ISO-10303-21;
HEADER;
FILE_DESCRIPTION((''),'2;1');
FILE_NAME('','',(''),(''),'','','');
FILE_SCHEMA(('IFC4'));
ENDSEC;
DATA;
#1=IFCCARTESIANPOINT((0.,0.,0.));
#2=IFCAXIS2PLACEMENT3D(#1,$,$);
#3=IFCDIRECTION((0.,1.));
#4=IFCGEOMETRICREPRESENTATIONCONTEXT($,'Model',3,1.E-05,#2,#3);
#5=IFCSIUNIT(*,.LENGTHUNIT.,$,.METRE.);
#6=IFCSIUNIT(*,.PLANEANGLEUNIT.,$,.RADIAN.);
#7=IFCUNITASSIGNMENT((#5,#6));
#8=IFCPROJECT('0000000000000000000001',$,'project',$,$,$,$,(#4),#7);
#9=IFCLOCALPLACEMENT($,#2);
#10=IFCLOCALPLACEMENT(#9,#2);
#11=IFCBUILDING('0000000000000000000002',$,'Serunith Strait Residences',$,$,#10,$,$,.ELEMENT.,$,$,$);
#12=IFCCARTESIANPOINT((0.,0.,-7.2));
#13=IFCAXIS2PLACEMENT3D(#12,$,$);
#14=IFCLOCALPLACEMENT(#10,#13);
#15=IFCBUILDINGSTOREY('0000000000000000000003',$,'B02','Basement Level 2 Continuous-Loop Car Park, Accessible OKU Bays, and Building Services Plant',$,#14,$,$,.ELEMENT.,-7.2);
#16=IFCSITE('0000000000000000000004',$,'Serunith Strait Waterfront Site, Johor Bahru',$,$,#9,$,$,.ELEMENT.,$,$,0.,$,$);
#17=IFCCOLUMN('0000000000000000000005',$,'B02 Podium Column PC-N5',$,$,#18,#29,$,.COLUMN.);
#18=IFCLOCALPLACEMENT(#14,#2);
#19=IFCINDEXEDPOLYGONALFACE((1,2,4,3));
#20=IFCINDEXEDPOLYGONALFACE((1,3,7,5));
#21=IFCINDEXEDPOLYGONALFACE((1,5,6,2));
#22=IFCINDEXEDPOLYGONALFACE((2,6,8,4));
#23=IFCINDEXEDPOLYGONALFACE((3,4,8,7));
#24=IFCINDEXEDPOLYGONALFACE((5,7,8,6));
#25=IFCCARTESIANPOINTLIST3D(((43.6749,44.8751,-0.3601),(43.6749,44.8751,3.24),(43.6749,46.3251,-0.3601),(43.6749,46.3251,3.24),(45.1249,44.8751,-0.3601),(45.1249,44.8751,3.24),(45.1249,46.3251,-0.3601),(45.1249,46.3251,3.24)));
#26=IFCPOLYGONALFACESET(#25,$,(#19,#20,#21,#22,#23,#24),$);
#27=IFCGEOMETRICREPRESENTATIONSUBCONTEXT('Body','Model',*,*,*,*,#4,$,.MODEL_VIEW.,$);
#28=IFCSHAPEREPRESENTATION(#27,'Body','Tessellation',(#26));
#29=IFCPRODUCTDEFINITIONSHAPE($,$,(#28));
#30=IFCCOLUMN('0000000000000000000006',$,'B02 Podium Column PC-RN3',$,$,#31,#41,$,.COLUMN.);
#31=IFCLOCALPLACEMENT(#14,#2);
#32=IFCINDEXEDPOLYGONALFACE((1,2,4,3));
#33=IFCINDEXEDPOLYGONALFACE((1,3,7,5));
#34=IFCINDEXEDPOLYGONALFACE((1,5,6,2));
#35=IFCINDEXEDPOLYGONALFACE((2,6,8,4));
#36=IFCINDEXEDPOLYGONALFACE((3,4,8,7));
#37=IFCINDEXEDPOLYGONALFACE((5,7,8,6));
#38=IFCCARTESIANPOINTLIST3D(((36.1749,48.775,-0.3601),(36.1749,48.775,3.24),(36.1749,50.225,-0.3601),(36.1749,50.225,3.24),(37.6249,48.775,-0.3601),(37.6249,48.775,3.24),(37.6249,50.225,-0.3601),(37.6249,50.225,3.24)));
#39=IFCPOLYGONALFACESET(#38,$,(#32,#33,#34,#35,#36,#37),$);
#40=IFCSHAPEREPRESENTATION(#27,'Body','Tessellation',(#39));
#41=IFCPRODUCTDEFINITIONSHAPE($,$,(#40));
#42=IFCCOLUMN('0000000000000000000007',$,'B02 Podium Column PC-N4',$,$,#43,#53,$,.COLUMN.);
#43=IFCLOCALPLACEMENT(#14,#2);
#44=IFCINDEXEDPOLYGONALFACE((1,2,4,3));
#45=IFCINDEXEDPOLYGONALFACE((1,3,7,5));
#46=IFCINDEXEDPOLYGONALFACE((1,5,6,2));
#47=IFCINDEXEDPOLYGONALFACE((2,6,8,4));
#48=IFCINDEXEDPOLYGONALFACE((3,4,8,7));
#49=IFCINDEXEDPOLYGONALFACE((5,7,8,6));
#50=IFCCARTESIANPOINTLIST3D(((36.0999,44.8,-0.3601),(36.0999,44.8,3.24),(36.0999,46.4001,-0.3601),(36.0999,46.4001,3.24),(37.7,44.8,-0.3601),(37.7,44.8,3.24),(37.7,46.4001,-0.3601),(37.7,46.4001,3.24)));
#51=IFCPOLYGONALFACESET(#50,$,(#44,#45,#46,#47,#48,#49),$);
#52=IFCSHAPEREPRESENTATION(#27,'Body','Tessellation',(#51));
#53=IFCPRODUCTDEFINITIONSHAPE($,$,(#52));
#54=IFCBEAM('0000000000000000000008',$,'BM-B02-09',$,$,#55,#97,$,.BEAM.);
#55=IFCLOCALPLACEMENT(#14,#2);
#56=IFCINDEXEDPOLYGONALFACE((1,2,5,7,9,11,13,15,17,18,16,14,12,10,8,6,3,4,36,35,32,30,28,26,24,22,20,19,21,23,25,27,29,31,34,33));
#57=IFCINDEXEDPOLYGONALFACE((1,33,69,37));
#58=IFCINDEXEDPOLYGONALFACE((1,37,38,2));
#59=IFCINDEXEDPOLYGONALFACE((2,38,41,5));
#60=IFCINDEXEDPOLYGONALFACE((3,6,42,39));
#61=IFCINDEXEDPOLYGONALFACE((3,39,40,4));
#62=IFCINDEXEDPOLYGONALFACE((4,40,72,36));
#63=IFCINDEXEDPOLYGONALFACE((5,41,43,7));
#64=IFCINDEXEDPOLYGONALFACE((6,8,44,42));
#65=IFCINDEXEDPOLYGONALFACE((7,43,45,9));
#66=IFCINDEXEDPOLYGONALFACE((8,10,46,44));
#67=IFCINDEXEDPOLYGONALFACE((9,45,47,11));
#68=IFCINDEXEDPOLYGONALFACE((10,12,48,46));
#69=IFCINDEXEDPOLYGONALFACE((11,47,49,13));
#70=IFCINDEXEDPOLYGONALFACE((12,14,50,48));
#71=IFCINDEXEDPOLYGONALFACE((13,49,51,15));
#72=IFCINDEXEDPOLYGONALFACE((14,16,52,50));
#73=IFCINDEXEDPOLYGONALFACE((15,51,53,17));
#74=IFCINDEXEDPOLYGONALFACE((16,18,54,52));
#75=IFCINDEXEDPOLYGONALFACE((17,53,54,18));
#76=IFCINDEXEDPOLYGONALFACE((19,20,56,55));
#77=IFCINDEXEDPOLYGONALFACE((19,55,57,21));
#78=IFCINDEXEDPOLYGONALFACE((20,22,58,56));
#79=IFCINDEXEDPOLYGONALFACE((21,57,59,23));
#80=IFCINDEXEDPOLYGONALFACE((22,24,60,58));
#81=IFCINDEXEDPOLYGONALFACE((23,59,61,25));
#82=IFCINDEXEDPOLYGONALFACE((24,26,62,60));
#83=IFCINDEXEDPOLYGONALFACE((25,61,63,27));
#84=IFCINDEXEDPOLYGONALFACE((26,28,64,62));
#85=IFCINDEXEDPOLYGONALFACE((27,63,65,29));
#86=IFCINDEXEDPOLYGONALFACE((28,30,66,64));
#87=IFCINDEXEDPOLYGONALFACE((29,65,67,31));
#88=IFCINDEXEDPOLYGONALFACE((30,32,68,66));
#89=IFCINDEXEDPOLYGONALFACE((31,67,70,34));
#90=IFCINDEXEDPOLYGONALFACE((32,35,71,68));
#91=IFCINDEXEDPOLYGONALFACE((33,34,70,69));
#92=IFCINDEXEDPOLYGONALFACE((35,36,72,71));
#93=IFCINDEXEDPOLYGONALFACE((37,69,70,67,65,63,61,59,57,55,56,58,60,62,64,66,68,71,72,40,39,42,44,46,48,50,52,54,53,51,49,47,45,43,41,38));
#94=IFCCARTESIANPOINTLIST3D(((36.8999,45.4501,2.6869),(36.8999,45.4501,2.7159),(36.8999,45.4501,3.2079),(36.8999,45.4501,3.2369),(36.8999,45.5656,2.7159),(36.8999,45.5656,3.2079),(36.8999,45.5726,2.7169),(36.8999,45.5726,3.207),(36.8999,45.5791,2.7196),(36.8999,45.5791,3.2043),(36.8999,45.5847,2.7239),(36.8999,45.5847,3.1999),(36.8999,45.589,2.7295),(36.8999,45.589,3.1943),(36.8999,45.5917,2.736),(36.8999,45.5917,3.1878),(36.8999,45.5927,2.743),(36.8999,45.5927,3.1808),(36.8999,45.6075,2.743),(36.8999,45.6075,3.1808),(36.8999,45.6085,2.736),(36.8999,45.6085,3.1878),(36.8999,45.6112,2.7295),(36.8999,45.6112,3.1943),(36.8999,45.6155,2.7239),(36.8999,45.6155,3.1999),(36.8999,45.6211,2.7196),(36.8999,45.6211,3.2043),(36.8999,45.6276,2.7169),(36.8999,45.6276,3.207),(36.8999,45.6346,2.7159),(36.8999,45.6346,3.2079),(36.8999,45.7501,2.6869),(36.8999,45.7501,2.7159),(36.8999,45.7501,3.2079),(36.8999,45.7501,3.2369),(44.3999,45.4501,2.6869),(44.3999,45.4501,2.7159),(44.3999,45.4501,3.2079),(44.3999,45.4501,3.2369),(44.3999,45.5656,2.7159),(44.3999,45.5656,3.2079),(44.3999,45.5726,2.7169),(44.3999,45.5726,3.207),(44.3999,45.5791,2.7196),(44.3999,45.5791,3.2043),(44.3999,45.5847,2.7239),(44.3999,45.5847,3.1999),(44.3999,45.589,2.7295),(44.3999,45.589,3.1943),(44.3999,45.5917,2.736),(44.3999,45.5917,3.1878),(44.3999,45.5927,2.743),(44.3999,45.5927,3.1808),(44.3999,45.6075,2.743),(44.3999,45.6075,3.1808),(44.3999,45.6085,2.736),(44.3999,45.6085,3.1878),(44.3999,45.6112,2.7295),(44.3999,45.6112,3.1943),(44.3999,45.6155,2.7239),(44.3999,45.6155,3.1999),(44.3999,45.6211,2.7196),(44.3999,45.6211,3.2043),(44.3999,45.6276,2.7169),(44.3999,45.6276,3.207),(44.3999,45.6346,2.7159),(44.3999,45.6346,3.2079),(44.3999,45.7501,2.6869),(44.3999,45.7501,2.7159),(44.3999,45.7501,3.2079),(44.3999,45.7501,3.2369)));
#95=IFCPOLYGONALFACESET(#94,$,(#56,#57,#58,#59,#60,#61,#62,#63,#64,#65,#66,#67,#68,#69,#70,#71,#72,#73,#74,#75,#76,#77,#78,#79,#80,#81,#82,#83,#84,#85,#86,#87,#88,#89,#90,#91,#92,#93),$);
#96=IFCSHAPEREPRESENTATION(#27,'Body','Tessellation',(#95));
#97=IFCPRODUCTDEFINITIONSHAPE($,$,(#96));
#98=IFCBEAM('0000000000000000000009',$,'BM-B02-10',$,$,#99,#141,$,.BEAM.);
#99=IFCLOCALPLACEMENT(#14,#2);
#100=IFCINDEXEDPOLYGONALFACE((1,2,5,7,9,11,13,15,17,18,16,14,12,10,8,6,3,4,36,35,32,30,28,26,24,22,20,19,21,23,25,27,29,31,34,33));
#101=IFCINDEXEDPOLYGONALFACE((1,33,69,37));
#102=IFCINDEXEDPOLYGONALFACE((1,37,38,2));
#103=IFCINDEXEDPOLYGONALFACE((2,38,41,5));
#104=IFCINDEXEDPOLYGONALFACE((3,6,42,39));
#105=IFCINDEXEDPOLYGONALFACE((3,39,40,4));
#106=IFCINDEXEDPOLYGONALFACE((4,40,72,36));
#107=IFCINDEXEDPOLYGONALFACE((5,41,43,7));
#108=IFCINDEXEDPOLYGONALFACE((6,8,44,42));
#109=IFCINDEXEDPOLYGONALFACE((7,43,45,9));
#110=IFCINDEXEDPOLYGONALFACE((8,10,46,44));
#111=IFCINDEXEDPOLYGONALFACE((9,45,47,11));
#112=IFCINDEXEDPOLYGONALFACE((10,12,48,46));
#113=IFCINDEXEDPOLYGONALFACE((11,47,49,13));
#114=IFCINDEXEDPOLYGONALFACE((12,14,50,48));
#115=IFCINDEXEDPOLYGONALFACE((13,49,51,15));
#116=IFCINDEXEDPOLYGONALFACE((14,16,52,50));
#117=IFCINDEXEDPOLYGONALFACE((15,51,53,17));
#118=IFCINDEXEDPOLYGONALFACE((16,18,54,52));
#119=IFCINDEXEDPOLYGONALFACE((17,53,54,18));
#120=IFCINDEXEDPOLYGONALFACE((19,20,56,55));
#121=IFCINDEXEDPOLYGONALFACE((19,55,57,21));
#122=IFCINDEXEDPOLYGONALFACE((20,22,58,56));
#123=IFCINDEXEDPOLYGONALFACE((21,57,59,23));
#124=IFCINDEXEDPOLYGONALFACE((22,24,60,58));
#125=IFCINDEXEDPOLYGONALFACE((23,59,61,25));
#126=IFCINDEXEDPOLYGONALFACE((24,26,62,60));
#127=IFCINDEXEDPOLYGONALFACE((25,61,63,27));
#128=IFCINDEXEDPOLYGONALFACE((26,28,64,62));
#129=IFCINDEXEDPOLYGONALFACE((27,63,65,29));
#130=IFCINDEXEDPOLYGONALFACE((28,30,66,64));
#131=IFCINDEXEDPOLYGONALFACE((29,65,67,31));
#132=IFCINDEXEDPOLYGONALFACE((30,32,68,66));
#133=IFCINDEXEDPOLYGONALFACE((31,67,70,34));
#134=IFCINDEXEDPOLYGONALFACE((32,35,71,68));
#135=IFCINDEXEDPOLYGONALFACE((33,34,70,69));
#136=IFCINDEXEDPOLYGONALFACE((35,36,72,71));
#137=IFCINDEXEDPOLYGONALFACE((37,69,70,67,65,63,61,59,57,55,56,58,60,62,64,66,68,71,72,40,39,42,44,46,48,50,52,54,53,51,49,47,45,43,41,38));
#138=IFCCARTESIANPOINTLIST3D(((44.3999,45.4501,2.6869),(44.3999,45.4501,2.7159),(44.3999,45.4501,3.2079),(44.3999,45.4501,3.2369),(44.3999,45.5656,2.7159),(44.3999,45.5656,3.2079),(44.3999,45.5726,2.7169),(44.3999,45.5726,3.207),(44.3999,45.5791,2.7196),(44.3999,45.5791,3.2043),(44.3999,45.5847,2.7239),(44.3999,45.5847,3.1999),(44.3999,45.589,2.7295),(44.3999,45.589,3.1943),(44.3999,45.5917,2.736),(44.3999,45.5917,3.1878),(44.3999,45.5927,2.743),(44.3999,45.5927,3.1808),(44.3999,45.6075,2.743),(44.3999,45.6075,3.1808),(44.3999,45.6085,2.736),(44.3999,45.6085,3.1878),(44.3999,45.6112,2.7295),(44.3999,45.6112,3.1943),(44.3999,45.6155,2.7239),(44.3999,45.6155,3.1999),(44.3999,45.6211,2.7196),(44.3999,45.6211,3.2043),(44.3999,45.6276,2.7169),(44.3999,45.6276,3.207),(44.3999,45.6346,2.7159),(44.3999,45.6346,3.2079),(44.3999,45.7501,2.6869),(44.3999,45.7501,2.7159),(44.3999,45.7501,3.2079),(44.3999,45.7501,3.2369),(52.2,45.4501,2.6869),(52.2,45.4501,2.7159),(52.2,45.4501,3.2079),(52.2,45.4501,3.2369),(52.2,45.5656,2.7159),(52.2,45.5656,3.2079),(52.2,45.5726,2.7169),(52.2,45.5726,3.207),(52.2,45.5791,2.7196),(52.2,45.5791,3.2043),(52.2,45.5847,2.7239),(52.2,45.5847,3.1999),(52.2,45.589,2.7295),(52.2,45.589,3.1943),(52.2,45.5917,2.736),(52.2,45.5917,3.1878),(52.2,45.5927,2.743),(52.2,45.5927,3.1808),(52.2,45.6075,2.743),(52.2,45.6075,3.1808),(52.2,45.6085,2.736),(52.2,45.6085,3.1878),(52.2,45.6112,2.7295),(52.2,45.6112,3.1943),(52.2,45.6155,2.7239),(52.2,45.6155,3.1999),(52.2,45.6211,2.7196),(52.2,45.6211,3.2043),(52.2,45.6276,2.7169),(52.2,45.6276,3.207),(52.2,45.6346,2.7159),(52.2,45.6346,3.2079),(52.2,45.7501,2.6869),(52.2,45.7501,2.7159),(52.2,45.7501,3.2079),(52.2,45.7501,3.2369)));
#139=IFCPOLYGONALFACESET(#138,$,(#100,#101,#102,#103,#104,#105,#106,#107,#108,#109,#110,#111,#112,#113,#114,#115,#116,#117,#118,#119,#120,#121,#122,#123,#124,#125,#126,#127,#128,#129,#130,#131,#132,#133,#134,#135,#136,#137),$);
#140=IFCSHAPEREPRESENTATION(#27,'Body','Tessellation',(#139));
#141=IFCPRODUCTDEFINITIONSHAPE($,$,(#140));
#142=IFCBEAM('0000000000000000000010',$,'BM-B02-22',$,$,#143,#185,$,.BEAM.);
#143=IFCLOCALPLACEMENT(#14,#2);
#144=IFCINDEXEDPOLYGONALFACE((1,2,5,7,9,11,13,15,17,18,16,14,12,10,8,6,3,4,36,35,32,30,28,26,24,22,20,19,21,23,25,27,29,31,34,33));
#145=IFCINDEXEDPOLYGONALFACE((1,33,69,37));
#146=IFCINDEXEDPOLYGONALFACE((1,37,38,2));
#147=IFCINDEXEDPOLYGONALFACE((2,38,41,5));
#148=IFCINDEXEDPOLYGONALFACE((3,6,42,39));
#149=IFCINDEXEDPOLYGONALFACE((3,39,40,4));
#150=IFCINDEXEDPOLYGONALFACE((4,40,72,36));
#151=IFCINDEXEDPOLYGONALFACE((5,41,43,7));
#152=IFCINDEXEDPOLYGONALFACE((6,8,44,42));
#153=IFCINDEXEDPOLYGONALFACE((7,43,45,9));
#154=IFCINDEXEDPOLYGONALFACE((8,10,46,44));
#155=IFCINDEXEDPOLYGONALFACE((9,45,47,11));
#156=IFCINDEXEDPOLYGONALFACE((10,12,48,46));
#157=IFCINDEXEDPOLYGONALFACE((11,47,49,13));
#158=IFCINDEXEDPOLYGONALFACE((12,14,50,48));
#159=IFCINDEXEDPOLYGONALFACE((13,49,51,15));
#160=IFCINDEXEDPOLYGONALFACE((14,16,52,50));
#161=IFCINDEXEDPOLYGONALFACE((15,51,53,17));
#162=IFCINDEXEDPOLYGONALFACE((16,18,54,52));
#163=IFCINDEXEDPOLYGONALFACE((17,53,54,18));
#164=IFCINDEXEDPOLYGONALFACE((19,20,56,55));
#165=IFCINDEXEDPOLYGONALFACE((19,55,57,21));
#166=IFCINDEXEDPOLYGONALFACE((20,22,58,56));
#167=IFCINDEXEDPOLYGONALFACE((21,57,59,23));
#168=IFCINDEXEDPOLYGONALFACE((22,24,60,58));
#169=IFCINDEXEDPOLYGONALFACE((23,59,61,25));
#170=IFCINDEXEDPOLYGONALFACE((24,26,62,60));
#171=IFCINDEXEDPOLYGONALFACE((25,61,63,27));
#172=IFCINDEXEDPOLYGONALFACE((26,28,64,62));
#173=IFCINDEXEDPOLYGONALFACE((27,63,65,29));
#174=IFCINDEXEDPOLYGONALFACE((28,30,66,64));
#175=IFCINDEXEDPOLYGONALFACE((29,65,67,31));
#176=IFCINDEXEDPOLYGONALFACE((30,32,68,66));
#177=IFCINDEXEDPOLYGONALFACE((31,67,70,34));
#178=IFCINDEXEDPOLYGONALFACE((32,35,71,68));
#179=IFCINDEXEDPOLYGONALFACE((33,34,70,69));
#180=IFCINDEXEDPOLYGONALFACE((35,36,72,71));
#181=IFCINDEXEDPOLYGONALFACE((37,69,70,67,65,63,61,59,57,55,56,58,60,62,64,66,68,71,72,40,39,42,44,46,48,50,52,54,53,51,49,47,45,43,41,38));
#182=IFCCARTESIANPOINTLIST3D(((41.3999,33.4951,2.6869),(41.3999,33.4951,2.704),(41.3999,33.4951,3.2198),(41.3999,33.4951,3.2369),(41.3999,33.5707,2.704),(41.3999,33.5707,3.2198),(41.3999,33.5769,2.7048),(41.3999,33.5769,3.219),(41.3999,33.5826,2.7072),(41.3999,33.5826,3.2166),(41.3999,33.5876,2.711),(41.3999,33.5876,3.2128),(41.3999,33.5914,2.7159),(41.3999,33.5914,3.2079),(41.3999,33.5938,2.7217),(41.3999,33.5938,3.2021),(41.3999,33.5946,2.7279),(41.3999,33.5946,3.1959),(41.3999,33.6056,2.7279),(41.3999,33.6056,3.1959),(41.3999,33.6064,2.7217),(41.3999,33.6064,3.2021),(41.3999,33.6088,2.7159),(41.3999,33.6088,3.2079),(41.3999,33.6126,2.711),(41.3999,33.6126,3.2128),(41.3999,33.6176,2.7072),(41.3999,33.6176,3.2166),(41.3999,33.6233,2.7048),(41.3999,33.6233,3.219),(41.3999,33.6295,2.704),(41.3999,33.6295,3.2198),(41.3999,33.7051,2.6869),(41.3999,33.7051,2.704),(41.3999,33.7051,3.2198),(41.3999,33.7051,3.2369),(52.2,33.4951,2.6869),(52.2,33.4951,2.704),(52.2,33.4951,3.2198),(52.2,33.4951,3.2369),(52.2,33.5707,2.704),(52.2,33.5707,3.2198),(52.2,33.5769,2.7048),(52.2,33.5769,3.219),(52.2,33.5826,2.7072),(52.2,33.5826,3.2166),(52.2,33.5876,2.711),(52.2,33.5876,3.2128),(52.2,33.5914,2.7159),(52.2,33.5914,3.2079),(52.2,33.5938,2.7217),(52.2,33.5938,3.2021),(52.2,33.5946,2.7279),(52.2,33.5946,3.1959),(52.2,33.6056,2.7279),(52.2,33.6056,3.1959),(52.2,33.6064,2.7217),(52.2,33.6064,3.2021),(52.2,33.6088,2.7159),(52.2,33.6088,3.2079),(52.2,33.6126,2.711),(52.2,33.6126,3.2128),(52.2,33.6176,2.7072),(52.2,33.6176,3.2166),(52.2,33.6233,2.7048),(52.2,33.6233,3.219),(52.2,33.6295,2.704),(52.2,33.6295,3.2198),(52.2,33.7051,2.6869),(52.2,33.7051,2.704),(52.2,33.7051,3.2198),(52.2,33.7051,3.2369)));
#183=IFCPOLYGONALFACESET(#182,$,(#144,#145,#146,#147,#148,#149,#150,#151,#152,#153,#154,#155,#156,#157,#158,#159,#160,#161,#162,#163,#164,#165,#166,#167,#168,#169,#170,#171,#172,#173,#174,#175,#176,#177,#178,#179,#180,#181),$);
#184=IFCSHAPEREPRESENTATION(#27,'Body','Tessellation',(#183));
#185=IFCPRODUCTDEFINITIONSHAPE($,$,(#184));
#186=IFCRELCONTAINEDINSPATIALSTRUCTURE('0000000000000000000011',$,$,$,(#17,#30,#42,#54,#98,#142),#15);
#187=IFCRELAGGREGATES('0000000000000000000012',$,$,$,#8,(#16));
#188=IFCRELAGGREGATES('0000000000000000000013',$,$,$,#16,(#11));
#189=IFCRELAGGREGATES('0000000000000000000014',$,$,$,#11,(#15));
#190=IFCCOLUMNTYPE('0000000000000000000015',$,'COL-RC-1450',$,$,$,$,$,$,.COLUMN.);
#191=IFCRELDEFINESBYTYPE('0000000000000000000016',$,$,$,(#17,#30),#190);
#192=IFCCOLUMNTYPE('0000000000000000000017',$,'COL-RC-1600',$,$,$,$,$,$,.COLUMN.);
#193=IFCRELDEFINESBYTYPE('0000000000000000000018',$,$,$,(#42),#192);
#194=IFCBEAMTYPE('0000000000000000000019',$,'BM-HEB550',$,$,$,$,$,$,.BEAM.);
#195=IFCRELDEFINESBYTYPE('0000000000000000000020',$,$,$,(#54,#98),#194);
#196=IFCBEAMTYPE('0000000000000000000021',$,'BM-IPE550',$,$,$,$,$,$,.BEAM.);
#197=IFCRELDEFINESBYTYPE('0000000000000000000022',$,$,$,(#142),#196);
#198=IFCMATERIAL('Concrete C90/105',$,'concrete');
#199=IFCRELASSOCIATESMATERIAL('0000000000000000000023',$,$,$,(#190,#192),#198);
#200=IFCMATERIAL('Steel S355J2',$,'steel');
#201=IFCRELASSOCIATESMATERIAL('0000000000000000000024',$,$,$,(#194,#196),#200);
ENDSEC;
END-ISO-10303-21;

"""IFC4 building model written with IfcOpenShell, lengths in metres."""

from ifc_helpers import new_model, si_unit, direction, frame, origin, origin_2d, place, context, subcontext, project, spatial, rectangle, i_section, extrude, source, transform, mapped, material, material_profile, profile_set, type_object, element, save


model = new_model("IFC4")

# Units and contexts
model_context = context("Model", 3, precision=1e-05, world=origin(), true_north=direction((0.0, 1.0)))
body_context = subcontext(model_context, "Body", "Model", "MODEL_VIEW")
ifc_project = project(units=[si_unit("LENGTHUNIT", "METRE"), si_unit("PLANEANGLEUNIT", "RADIAN")], contexts=[model_context])

# Site, building, storey
site_placement = place(None, origin())
site = spatial("IfcSite", under=ifc_project, at=site_placement, Name="Serunith Strait Waterfront Site, Johor Bahru", CompositionType="ELEMENT", RefElevation=0.0)
building_placement = place(site_placement, origin())
building = spatial("IfcBuilding", under=site, at=building_placement, Name="Serunith Strait Residences", CompositionType="ELEMENT")
storey_placement = place(building_placement, frame((0.0, 0.0, -7.2)))
storey = spatial("IfcBuildingStorey", under=building, at=storey_placement, Name="B02", Description="Basement Level 2 Continuous-Loop Car Park, Accessible OKU Bays, and Building Services Plant", CompositionType="ELEMENT", Elevation=-7.2)

# Columns
ifc_material_1 = material(Name="Concrete C90/105", Category="concrete")
ifc_material_profile_1 = material_profile(ifc_material_1, rectangle(XDim=1.45, YDim=1.45, at=origin_2d()), Name="RC 1450x1450")
ifc_profile_set_1 = profile_set([ifc_material_profile_1], Name="Concrete C90/105")
column_type_1 = type_object("IfcColumnType", Name="COL-RC-1450", PredefinedType="COLUMN", material=ifc_profile_set_1)
shared_shape_1 = source(origin(), body_context, "Body", "SweptSolid", [
    extrude(rectangle(XDim=1.45, YDim=1.45, at=origin_2d()), origin(), (0.0, 0.0, 1.0), 3.6001),
])
for number, where, z_axis, x_axis, name in (
    (1, (44.3999, 45.6001, -0.3601), (0.0, 0.0, 1.0), (1.0, 0.0, 0.0), "B02 Podium Column PC-N5"),
    (2, (36.8999, 49.5, -0.3601), (0.0, 0.0, 1.0), (1.0, 0.0, 0.0), "B02 Podium Column PC-RN3"),
):
    element("IfcColumn", number, at=place(storey_placement, frame(where, z_axis=z_axis, x_axis=x_axis)), inside=storey, type_object=column_type_1, Name=name, PredefinedType="COLUMN", context=body_context, shape_type="MappedRepresentation", body=[
        mapped(shared_shape_1, transform((0.0, 0.0, 0.0), scale=1.0)),
    ])
ifc_material_profile_2 = material_profile(ifc_material_1, rectangle(XDim=1.6001, YDim=1.6001, at=origin_2d()), Name="RC 1600x1600")
ifc_profile_set_2 = profile_set([ifc_material_profile_2], Name="Concrete C90/105")
column_type_2 = type_object("IfcColumnType", Name="COL-RC-1600", PredefinedType="COLUMN", material=ifc_profile_set_2)
shared_shape_2 = source(origin(), body_context, "Body", "SweptSolid", [
    extrude(rectangle(XDim=1.6001, YDim=1.6001, at=origin_2d()), origin(), (0.0, 0.0, 1.0), 3.6001),
])
column_placement = place(storey_placement, frame((36.8999, 45.6001, -0.3601), z_axis=(0.0, 0.0, 1.0), x_axis=(1.0, 0.0, 0.0)))
element("IfcColumn", 3, at=column_placement, inside=storey, type_object=column_type_2, Name="B02 Podium Column PC-N4", PredefinedType="COLUMN", context=body_context, shape_type="MappedRepresentation", body=[
    mapped(shared_shape_2, transform((0.0, 0.0, 0.0), scale=1.0)),
])

# Beams
ifc_material_2 = material(Name="Steel S355J2", Category="steel")
ifc_material_profile_3 = material_profile(ifc_material_2, i_section(OverallWidth=0.3, OverallDepth=0.55, WebThickness=0.0149, FlangeThickness=0.0291, FilletRadius=0.0271, at=origin_2d()), Name="HEB 550")
ifc_profile_set_3 = profile_set([ifc_material_profile_3], Name="Steel S355J2")
beam_type_1 = type_object("IfcBeamType", Name="BM-HEB550", PredefinedType="BEAM", material=ifc_profile_set_3)
shared_shape_3 = source(origin(), body_context, "Body", "SweptSolid", [
    extrude(i_section(OverallWidth=0.3, OverallDepth=0.55, WebThickness=0.0149, FlangeThickness=0.0291, FilletRadius=0.0271, at=origin_2d()), origin(), (0.0, 0.0, 1.0), 7.5),
])
beam_1_placement = place(storey_placement, frame((36.8999, 45.6001, 2.9619), z_axis=(1.0, 0.0, 0.0), x_axis=(0.0, 1.0, 0.0)))
element("IfcBeam", 4, at=beam_1_placement, inside=storey, type_object=beam_type_1, Name="BM-B02-09", PredefinedType="BEAM", context=body_context, shape_type="MappedRepresentation", body=[
    mapped(shared_shape_3, transform((0.0, 0.0, 0.0), scale=1.0)),
])
shared_shape_4 = source(origin(), body_context, "Body", "SweptSolid", [
    extrude(i_section(OverallWidth=0.3, OverallDepth=0.55, WebThickness=0.0149, FlangeThickness=0.0291, FilletRadius=0.0271, at=origin_2d()), origin(), (0.0, 0.0, 1.0), 7.8),
])
beam_2_placement = place(storey_placement, frame((44.3999, 45.6001, 2.9619), z_axis=(1.0, 0.0, 0.0), x_axis=(0.0, 1.0, 0.0)))
element("IfcBeam", 5, at=beam_2_placement, inside=storey, type_object=beam_type_1, Name="BM-B02-10", PredefinedType="BEAM", context=body_context, shape_type="MappedRepresentation", body=[
    mapped(shared_shape_4, transform((0.0, 0.0, 0.0), scale=1.0)),
])
ifc_material_profile_4 = material_profile(ifc_material_2, i_section(OverallWidth=0.21, OverallDepth=0.55, WebThickness=0.011, FlangeThickness=0.0171, FilletRadius=0.0239, at=origin_2d()), Name="IPE 550")
ifc_profile_set_4 = profile_set([ifc_material_profile_4], Name="Steel S355J2")
beam_type_2 = type_object("IfcBeamType", Name="BM-IPE550", PredefinedType="BEAM", material=ifc_profile_set_4)
shared_shape_5 = source(origin(), body_context, "Body", "SweptSolid", [
    extrude(i_section(OverallWidth=0.21, OverallDepth=0.55, WebThickness=0.011, FlangeThickness=0.0171, FilletRadius=0.0239, at=origin_2d()), origin(), (0.0, 0.0, 1.0), 10.8),
])
beam_3_placement = place(storey_placement, frame((41.3999, 33.6001, 2.9619), z_axis=(1.0, 0.0, 0.0), x_axis=(0.0, 1.0, 0.0)))
element("IfcBeam", 6, at=beam_3_placement, inside=storey, type_object=beam_type_2, Name="BM-B02-22", PredefinedType="BEAM", context=body_context, shape_type="MappedRepresentation", body=[
    mapped(shared_shape_5, transform((0.0, 0.0, 0.0), scale=1.0)),
])

save(model, "model.ifc")
